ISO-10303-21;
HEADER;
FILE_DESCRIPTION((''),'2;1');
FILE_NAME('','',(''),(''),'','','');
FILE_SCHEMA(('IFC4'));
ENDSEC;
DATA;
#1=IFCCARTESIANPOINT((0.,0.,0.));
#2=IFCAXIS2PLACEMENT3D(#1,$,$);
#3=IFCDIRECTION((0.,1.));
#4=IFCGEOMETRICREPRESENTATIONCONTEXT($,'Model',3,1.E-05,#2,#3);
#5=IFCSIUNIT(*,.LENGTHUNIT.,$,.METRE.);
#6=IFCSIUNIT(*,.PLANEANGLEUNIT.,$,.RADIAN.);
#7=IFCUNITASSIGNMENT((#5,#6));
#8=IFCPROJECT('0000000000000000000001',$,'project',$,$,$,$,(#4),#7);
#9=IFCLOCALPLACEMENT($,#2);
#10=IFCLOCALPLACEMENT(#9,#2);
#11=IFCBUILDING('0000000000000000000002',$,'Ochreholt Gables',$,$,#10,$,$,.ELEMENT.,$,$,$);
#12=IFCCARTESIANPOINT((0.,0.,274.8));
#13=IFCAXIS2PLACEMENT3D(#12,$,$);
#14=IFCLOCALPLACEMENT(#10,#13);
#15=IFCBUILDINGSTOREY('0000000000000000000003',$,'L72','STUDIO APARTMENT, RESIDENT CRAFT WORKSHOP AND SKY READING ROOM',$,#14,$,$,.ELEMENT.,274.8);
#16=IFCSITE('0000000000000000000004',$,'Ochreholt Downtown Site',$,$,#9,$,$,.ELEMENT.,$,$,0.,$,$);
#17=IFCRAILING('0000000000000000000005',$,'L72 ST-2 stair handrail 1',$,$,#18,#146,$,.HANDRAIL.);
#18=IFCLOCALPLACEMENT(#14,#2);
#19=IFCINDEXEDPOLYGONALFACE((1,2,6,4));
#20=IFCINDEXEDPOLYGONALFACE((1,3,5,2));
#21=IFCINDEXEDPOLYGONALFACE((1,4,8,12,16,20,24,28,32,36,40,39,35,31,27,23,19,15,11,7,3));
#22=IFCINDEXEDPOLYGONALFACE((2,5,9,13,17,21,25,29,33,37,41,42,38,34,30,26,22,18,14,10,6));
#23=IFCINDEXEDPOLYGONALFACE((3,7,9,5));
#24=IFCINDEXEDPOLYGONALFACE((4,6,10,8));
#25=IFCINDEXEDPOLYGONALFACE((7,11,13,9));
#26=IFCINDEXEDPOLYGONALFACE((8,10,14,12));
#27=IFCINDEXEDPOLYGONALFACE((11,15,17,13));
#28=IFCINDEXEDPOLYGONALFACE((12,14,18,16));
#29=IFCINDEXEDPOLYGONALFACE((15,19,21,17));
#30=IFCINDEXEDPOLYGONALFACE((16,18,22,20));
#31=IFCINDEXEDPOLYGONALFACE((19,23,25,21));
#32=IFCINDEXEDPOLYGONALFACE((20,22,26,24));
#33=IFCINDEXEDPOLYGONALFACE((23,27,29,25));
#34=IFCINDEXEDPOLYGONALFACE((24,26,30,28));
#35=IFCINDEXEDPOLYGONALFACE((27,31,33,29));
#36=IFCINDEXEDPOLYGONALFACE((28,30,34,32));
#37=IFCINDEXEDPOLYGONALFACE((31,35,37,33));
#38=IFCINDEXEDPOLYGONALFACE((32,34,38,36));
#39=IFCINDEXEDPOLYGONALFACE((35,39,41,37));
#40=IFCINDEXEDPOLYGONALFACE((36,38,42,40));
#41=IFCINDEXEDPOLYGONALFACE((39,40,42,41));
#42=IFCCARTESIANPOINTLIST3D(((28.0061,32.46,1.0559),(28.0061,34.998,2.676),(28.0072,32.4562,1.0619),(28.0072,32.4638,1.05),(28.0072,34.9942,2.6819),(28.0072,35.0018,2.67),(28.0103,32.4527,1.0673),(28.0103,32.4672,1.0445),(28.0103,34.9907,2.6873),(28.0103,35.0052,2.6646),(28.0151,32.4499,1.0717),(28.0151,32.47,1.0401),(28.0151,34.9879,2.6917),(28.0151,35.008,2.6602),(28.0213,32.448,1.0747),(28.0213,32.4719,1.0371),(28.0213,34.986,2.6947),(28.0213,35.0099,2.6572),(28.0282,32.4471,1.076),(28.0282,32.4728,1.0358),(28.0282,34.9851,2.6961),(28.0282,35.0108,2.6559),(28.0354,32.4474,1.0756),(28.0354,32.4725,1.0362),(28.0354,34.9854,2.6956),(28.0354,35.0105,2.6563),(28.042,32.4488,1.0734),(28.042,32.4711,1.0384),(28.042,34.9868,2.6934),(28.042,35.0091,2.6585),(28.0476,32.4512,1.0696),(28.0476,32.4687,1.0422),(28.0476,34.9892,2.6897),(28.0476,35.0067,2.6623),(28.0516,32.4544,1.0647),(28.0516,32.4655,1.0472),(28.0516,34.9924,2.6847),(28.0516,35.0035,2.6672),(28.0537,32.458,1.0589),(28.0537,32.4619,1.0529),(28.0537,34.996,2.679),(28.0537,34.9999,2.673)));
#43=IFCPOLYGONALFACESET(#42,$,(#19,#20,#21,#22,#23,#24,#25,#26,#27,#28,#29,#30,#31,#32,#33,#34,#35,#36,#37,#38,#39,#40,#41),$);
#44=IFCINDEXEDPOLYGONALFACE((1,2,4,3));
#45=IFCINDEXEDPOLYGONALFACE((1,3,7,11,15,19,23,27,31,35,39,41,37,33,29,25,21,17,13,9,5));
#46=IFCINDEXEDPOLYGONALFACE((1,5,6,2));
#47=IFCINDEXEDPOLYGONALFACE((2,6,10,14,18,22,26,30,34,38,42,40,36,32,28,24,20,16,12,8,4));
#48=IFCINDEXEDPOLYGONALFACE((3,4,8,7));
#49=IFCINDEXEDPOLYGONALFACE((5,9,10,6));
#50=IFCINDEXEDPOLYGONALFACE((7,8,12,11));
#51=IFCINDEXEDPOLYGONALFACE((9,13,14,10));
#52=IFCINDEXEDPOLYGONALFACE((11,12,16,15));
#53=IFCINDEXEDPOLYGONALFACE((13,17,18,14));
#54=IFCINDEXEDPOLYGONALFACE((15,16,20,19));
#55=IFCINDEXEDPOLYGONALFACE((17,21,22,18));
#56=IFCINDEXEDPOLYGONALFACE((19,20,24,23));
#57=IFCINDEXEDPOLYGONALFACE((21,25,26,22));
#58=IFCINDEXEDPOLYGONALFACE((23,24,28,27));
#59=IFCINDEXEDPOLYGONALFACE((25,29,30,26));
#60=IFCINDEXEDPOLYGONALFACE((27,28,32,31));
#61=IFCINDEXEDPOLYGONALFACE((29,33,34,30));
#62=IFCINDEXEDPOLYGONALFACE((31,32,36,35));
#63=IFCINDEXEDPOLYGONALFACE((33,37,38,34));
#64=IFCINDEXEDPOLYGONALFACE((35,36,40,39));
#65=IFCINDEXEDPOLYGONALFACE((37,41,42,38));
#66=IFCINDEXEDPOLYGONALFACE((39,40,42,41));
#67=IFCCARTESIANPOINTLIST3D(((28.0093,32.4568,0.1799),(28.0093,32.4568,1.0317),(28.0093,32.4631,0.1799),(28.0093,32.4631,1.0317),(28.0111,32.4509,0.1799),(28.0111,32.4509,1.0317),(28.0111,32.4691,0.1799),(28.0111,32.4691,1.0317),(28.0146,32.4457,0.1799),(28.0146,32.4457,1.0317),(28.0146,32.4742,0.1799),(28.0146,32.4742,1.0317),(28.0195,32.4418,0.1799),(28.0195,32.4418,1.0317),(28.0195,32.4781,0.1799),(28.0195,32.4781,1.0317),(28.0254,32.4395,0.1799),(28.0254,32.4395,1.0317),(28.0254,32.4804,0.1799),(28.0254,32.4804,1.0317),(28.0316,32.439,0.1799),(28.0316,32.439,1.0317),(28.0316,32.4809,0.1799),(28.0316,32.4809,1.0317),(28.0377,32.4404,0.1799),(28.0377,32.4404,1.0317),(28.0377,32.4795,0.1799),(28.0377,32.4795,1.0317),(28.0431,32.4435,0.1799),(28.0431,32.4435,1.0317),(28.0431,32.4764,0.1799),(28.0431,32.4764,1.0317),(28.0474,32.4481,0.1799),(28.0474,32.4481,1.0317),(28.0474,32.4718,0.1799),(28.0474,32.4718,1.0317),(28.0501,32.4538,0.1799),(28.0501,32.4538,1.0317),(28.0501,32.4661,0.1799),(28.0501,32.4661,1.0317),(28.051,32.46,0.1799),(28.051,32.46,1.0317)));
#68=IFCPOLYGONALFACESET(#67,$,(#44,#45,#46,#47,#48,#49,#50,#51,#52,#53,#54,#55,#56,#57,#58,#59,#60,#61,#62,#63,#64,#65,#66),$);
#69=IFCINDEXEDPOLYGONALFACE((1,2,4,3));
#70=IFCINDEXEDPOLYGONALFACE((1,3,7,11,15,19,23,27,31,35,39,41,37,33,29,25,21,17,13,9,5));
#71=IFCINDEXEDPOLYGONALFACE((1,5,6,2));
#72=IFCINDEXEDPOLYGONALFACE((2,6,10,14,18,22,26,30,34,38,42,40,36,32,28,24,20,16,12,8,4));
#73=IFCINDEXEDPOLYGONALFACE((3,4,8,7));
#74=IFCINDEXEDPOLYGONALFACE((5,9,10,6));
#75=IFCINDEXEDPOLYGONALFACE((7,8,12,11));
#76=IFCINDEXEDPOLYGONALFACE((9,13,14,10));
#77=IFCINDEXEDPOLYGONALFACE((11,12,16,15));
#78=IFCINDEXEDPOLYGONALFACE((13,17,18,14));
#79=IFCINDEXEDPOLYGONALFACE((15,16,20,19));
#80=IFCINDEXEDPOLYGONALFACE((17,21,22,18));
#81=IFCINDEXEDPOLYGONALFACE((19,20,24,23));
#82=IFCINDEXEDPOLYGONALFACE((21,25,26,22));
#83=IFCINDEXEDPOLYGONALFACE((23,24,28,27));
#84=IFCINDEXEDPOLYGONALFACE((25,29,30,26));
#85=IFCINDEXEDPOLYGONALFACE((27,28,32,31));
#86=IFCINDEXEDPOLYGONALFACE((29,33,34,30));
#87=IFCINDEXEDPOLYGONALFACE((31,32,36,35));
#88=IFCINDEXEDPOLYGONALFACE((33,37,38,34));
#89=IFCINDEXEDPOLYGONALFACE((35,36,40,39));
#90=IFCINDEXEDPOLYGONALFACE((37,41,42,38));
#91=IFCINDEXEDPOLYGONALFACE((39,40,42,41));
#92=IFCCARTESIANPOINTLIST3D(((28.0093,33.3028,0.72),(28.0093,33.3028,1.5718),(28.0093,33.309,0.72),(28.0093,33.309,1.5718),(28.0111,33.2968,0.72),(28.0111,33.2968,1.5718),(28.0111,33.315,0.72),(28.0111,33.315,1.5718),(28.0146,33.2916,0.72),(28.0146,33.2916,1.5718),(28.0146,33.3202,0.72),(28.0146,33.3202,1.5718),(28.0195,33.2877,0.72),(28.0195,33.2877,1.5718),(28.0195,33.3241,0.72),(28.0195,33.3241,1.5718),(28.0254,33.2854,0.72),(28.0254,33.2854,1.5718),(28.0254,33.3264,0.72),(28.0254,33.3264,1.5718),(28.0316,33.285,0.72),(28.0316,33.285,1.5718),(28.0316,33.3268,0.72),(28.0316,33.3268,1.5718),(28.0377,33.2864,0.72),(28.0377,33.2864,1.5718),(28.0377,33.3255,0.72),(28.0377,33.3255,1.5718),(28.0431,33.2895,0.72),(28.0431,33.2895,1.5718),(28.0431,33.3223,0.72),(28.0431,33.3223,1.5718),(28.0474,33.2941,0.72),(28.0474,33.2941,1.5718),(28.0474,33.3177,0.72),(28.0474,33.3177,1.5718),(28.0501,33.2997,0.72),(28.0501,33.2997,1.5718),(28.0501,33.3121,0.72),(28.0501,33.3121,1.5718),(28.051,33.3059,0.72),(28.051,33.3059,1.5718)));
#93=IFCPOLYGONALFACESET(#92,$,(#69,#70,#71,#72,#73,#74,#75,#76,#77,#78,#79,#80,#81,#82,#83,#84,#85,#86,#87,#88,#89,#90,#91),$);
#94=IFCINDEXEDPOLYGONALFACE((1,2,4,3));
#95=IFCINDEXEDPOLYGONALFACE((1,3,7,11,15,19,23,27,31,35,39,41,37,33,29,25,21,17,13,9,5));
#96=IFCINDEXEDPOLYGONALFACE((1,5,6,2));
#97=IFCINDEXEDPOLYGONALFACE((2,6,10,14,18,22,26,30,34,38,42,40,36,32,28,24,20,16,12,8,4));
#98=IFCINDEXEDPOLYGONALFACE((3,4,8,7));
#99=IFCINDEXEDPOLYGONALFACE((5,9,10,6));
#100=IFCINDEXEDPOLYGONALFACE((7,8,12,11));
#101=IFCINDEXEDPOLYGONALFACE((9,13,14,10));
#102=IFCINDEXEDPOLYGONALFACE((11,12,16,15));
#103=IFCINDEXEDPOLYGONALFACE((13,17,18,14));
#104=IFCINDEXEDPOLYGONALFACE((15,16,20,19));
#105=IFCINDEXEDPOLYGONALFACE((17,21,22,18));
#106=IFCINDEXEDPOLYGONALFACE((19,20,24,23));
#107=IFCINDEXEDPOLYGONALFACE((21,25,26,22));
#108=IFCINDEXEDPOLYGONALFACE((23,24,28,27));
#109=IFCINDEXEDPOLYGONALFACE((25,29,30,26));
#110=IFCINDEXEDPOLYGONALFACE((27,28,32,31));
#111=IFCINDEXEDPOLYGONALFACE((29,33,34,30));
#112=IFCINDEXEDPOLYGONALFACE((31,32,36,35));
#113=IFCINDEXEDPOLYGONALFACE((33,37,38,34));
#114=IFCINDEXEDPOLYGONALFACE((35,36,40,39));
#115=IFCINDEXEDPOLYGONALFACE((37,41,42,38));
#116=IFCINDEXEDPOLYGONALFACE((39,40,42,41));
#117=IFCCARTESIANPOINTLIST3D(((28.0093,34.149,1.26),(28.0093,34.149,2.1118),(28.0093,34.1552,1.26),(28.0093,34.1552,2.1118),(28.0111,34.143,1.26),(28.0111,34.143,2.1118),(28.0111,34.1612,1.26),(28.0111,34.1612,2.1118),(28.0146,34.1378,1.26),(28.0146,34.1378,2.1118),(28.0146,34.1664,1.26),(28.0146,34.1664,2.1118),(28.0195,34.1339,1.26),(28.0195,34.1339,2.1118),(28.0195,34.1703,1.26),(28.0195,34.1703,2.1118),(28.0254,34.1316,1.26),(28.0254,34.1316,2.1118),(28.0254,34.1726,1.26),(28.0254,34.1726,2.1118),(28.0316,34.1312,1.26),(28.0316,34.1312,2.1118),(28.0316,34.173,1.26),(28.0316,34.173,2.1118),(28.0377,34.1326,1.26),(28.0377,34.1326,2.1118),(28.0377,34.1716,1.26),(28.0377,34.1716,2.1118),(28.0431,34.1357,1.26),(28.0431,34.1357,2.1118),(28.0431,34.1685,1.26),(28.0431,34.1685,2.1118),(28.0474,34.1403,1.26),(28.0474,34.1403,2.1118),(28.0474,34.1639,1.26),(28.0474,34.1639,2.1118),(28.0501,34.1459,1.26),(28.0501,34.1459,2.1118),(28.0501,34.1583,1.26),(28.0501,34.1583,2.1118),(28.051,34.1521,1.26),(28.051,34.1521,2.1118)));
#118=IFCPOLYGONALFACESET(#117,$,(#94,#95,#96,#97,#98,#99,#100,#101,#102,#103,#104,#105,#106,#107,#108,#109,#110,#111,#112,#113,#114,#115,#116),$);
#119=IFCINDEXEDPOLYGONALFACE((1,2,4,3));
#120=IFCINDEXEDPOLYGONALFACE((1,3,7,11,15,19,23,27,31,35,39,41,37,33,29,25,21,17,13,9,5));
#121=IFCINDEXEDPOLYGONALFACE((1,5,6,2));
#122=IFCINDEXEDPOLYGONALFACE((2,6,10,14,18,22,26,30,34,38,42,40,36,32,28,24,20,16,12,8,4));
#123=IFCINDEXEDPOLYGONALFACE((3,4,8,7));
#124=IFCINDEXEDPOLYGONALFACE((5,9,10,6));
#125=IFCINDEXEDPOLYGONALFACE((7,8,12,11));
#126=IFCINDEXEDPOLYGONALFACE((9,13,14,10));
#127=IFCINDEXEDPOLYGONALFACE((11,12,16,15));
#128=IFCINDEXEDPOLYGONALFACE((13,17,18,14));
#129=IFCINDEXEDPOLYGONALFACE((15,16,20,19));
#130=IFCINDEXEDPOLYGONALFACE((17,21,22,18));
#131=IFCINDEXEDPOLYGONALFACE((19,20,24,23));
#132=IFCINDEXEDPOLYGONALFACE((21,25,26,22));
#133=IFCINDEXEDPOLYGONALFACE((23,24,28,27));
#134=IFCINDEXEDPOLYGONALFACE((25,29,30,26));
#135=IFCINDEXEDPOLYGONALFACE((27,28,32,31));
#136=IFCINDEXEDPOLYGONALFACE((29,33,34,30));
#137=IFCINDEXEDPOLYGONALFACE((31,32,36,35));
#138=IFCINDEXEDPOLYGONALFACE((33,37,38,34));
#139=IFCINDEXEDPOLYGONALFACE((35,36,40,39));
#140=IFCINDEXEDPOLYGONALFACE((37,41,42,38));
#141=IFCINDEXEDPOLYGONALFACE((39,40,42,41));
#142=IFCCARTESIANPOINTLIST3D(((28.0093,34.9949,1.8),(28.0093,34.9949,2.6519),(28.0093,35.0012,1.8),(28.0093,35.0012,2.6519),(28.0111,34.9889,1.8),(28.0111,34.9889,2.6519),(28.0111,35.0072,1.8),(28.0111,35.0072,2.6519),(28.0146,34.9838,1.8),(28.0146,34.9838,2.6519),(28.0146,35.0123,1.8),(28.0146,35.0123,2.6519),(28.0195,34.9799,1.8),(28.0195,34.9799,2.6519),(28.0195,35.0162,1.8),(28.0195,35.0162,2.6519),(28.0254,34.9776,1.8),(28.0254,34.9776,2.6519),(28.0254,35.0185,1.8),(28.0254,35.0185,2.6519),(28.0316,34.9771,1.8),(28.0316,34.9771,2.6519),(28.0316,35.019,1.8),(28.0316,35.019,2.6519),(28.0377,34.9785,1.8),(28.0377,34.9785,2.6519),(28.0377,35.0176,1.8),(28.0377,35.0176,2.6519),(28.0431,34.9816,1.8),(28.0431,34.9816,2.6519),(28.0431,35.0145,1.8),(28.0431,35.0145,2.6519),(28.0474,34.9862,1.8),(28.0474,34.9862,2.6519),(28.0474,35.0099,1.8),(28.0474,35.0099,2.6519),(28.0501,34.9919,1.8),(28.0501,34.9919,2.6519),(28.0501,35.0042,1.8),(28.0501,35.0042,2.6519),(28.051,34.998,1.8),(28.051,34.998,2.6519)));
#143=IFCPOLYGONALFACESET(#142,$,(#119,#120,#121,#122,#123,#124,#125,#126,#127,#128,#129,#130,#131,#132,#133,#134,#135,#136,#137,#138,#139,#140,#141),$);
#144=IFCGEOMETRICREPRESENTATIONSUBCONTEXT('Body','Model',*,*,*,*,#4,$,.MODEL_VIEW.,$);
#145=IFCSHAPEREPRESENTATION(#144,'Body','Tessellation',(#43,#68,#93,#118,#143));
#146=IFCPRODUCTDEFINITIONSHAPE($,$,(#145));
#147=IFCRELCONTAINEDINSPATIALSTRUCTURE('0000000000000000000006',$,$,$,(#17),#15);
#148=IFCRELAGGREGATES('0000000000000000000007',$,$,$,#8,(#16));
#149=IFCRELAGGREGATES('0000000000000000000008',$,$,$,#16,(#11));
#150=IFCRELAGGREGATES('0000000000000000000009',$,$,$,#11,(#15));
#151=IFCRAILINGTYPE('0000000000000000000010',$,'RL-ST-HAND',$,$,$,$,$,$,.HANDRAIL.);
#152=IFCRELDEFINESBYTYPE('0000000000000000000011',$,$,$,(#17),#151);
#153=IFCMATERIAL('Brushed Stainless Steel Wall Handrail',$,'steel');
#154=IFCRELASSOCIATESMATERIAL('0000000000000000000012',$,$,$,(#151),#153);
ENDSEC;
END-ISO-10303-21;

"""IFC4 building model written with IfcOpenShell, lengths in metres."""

from ifc_helpers import new_model, si_unit, direction, frame, origin, origin_2d, place, context, subcontext, project, spatial, circle, extrude, material, type_object, element, save


model = new_model("IFC4")

# Units and contexts
model_context = context("Model", 3, precision=1e-05, world=origin(), true_north=direction((0.0, 1.0)))
body_context = subcontext(model_context, "Body", "Model", "MODEL_VIEW")
ifc_project = project(units=[si_unit("LENGTHUNIT", "METRE"), si_unit("PLANEANGLEUNIT", "RADIAN")], contexts=[model_context])

# Site, building, storey
site_placement = place(None, origin())
site = spatial("IfcSite", under=ifc_project, at=site_placement, Name="Ochreholt Downtown Site", CompositionType="ELEMENT", RefElevation=0.0)
building_placement = place(site_placement, origin())
building = spatial("IfcBuilding", under=site, at=building_placement, Name="Ochreholt Gables", CompositionType="ELEMENT")
storey_placement = place(building_placement, frame((0.0, 0.0, 274.8)))
storey = spatial("IfcBuildingStorey", under=building, at=storey_placement, Name="L72", Description="STUDIO APARTMENT, RESIDENT CRAFT WORKSHOP AND SKY READING ROOM", CompositionType="ELEMENT", Elevation=274.8)

# Railing
ifc_material_1 = material(Name="Brushed Stainless Steel Wall Handrail", Category="steel")
railing_type_1 = type_object("IfcRailingType", Name="RL-ST-HAND", PredefinedType="HANDRAIL", material=ifc_material_1)
railing_1_placement = place(storey_placement, frame((28.03, 32.46, 0.1799)))
element("IfcRailing", 1, at=railing_1_placement, inside=storey, type_object=railing_type_1, Name="L72 ST-2 stair handrail 1", PredefinedType="HANDRAIL", context=body_context, shape_type="SweptSolid", body=[
    extrude(circle(Radius=0.0239, at=origin_2d()), frame((0.0, 0.0, 0.876), z_axis=(0.0, 0.842913, 0.53805), x_axis=(-1.0, 0.0, 0.0)), (0.0, 0.0, 1.0), 3.011),
    extrude(circle(Radius=0.021, at=origin_2d()), origin(), (0.0, 0.0, 1.0), 0.8518),
    extrude(circle(Radius=0.021, at=origin_2d()), frame((0.0, 0.8459, 0.54)), (0.0, 0.0, 1.0), 0.8518),
    extrude(circle(Radius=0.021, at=origin_2d()), frame((0.0, 1.6921, 1.0801)), (0.0, 0.0, 1.0), 0.8518),
    extrude(circle(Radius=0.021, at=origin_2d()), frame((0.0, 2.5381, 1.6201)), (0.0, 0.0, 1.0), 0.8518),
])

save(model, "model.ifc")
